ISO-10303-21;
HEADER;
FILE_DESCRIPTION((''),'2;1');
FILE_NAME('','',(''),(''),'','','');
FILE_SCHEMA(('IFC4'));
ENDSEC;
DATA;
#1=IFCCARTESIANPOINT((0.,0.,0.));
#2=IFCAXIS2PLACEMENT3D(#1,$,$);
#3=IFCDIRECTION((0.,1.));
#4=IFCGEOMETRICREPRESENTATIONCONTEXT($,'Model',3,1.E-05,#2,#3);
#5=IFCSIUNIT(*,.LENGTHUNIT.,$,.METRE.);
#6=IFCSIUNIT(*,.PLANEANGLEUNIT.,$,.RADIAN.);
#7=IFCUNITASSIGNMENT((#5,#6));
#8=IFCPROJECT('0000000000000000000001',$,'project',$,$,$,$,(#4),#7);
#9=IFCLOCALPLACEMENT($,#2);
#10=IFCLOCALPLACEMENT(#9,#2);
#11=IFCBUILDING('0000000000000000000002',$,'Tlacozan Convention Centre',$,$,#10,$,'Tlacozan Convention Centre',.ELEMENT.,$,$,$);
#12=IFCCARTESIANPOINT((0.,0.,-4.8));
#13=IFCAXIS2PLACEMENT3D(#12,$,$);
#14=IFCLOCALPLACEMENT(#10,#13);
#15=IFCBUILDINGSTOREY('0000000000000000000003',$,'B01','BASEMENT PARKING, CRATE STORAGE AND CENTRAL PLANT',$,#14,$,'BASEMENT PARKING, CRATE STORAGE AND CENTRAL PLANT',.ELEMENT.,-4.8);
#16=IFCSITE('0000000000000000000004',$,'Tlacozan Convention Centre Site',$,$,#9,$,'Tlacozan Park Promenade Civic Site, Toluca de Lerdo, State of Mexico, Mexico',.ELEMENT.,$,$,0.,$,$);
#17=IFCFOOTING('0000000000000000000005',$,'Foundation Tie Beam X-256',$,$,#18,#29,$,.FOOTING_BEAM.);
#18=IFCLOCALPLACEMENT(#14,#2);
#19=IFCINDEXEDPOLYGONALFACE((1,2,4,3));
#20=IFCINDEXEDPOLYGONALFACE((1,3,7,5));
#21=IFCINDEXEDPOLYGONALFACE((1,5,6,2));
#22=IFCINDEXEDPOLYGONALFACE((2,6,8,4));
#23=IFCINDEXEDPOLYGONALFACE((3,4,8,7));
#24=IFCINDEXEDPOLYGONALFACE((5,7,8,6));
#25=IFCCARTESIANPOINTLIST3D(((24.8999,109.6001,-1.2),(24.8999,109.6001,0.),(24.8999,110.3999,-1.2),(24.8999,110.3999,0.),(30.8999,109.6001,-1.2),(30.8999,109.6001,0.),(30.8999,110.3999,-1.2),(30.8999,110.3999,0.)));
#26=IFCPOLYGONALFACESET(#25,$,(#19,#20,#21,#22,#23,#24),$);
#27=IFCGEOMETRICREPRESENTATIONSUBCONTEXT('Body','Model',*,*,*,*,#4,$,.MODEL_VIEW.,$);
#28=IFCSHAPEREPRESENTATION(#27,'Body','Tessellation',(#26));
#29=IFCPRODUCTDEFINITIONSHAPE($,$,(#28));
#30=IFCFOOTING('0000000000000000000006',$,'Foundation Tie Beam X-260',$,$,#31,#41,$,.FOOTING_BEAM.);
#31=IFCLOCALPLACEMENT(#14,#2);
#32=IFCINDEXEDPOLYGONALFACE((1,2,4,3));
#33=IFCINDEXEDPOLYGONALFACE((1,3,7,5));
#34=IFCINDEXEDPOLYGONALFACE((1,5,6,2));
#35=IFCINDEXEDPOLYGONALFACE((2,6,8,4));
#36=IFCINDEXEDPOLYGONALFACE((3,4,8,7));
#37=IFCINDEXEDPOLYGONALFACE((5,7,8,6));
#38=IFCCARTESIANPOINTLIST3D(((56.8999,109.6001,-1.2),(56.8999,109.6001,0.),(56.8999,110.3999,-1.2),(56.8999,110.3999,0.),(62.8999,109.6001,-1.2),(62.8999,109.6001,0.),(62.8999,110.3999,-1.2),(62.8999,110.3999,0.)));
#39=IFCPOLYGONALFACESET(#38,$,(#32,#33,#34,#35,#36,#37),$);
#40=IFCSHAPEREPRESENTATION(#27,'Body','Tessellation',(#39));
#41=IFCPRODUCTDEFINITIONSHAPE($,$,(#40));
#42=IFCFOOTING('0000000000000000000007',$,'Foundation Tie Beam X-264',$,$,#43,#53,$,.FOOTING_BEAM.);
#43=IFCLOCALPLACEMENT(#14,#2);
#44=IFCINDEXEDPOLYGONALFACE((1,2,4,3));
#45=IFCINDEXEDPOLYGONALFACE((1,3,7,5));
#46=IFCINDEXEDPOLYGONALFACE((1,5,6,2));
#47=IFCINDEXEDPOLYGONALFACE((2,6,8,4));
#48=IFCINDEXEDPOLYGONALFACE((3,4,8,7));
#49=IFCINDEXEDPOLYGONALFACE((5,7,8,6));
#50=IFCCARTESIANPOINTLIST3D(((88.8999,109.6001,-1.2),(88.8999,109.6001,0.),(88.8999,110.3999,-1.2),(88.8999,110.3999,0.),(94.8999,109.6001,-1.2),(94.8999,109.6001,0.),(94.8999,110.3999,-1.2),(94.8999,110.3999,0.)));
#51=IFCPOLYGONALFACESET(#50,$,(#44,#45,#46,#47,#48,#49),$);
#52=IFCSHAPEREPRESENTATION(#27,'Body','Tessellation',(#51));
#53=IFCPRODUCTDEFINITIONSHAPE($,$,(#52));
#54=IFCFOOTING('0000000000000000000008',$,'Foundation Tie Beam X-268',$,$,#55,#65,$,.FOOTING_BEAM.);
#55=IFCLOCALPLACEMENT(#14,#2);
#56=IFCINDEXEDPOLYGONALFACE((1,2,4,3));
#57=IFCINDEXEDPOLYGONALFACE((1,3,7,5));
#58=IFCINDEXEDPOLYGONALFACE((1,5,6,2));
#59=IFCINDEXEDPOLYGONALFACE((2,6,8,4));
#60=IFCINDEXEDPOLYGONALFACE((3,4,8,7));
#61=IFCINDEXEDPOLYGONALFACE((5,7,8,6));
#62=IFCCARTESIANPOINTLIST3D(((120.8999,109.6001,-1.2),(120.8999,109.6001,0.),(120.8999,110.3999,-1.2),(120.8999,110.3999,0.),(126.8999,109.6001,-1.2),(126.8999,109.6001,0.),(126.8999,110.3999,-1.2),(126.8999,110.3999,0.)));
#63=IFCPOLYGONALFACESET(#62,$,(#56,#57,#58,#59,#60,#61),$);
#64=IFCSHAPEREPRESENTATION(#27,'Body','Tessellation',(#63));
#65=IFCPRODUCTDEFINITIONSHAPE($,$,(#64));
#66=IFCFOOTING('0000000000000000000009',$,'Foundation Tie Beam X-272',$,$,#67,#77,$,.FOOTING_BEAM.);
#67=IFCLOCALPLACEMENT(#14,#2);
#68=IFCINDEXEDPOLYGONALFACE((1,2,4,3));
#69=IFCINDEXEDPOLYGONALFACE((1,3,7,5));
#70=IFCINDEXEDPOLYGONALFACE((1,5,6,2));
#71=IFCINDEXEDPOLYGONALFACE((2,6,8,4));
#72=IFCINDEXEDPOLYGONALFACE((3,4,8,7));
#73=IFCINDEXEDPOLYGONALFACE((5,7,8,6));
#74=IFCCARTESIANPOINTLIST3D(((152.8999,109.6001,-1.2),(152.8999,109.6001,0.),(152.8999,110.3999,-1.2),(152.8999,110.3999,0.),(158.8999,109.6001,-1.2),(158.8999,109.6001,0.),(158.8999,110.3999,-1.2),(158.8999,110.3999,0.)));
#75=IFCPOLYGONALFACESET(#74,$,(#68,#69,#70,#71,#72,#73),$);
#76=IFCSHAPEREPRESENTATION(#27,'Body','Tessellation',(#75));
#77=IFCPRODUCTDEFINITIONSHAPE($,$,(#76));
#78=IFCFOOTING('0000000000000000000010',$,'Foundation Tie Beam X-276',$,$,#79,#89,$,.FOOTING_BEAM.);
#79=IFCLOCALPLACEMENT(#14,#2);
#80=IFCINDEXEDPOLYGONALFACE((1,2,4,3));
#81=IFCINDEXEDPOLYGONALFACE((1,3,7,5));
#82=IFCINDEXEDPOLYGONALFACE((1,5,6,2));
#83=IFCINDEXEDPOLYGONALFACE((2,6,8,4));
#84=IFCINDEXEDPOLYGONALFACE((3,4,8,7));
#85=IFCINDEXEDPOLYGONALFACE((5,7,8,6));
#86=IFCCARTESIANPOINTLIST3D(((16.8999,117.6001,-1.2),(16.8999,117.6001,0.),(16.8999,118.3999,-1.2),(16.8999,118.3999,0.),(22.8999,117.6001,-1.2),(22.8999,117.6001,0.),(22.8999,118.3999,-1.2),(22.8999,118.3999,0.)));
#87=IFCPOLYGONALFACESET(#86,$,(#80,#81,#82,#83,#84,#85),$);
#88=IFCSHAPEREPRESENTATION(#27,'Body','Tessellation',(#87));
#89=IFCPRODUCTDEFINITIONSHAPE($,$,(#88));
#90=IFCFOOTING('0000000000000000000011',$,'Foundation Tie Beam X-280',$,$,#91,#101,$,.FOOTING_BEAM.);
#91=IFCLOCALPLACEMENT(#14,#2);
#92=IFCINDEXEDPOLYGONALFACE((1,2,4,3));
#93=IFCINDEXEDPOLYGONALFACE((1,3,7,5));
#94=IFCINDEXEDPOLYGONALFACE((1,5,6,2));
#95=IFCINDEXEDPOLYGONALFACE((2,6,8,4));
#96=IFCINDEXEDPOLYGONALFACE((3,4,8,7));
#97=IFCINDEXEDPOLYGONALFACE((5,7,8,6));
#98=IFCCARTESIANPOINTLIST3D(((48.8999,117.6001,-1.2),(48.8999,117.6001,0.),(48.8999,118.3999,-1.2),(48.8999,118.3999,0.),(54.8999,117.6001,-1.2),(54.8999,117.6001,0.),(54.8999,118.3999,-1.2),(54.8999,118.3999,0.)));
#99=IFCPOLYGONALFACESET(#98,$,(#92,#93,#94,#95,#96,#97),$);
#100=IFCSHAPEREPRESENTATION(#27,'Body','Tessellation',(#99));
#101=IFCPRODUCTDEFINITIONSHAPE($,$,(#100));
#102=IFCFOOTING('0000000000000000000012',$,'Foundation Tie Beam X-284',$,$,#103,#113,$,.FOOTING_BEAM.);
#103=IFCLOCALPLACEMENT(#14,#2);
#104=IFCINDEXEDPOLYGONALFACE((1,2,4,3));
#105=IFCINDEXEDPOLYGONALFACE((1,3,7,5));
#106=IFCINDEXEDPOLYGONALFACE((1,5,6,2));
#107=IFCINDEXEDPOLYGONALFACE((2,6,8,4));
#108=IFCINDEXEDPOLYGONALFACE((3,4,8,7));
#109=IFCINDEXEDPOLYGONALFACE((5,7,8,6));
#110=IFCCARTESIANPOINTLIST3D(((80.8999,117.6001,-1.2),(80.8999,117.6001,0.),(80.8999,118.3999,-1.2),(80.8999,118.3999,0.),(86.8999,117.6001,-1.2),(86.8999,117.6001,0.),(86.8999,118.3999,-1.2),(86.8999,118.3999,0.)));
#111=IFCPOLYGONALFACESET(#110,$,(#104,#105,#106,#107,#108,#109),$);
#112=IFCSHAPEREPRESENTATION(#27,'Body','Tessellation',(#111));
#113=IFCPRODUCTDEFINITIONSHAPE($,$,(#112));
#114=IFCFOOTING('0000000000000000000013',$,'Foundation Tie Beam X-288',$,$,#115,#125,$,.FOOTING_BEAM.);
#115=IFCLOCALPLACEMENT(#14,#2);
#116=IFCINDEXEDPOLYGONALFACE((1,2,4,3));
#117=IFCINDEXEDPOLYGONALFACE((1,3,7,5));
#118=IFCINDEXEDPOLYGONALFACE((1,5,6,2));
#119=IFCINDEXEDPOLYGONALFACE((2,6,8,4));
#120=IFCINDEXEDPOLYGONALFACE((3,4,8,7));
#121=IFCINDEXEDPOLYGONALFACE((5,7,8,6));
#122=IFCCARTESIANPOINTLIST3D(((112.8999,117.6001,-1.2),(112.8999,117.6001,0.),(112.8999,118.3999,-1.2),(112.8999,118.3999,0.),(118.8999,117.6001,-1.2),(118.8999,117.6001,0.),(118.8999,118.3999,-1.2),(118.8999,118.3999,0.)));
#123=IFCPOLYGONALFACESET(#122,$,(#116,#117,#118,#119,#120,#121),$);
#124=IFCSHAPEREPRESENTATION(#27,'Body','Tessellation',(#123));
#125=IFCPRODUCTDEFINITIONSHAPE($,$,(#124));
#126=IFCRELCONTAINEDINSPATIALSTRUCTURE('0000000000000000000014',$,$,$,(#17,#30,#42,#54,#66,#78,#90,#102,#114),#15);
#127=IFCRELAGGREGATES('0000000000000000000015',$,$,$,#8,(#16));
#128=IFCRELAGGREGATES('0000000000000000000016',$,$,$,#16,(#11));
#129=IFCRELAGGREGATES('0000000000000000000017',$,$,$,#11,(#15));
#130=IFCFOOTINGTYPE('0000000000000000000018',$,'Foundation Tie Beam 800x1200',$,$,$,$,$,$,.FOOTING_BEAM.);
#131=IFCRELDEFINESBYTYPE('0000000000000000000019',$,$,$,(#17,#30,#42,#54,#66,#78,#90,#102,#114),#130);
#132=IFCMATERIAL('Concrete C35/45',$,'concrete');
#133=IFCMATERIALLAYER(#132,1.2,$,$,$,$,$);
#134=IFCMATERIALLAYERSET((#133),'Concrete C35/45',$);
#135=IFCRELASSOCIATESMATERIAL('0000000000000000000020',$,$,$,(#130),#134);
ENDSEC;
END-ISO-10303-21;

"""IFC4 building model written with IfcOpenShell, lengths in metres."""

from ifc_helpers import new_model, si_unit, direction, frame, origin, place, context, subcontext, project, spatial, polyline, outline, extrude, material, layer, layer_set, type_object, element, save


model = new_model("IFC4")

# Units and contexts
model_context = context("Model", 3, precision=1e-05, world=origin(), true_north=direction((0.0, 1.0)))
body_context = subcontext(model_context, "Body", "Model", "MODEL_VIEW")
ifc_project = project(units=[si_unit("LENGTHUNIT", "METRE"), si_unit("PLANEANGLEUNIT", "RADIAN")], contexts=[model_context])

# Site, building, storey
site_placement = place(None, origin())
site = spatial("IfcSite", under=ifc_project, at=site_placement, Name="Tlacozan Convention Centre Site", LongName="Tlacozan Park Promenade Civic Site, Toluca de Lerdo, State of Mexico, Mexico", CompositionType="ELEMENT", RefElevation=0.0)
building_placement = place(site_placement, origin())
building = spatial("IfcBuilding", under=site, at=building_placement, Name="Tlacozan Convention Centre", LongName="Tlacozan Convention Centre", CompositionType="ELEMENT")
storey_placement = place(building_placement, frame((0.0, 0.0, -4.8)))
storey = spatial("IfcBuildingStorey", under=building, at=storey_placement, Name="B01", Description="BASEMENT PARKING, CRATE STORAGE AND CENTRAL PLANT", LongName="BASEMENT PARKING, CRATE STORAGE AND CENTRAL PLANT", CompositionType="ELEMENT", Elevation=-4.8)

# Footings
ifc_material = material(Name="Concrete C35/45", Category="concrete")
ifc_layer = layer(ifc_material, 1.2)
ifc_layer_set = layer_set([ifc_layer], Name="Concrete C35/45")
footing_type = type_object("IfcFootingType", Name="Foundation Tie Beam 800x1200", PredefinedType="FOOTING_BEAM", material=ifc_layer_set)
footing_1_placement = place(storey_placement, frame((0.0, 0.0, -1.2)))
element("IfcFooting", 1, at=footing_1_placement, inside=storey, type_object=footing_type, Name="Foundation Tie Beam X-256", PredefinedType="FOOTING_BEAM", context=body_context, shape_type="SweptSolid", body=[
    extrude(outline(polyline([(24.8999, 109.6001), (30.8999, 109.6001), (30.8999, 110.3999), (24.8999, 110.3999), (24.8999, 109.6001)])), origin(), (0.0, 0.0, 1.0), 1.2),
])
footing_2_placement = place(storey_placement, frame((0.0, 0.0, -1.2)))
element("IfcFooting", 2, at=footing_2_placement, inside=storey, type_object=footing_type, Name="Foundation Tie Beam X-260", PredefinedType="FOOTING_BEAM", context=body_context, shape_type="SweptSolid", body=[
    extrude(outline(polyline([(56.8999, 109.6001), (62.8999, 109.6001), (62.8999, 110.3999), (56.8999, 110.3999), (56.8999, 109.6001)])), origin(), (0.0, 0.0, 1.0), 1.2),
])
footing_3_placement = place(storey_placement, frame((0.0, 0.0, -1.2)))
element("IfcFooting", 3, at=footing_3_placement, inside=storey, type_object=footing_type, Name="Foundation Tie Beam X-264", PredefinedType="FOOTING_BEAM", context=body_context, shape_type="SweptSolid", body=[
    extrude(outline(polyline([(88.8999, 109.6001), (94.8999, 109.6001), (94.8999, 110.3999), (88.8999, 110.3999), (88.8999, 109.6001)])), origin(), (0.0, 0.0, 1.0), 1.2),
])
footing_4_placement = place(storey_placement, frame((0.0, 0.0, -1.2)))
element("IfcFooting", 4, at=footing_4_placement, inside=storey, type_object=footing_type, Name="Foundation Tie Beam X-268", PredefinedType="FOOTING_BEAM", context=body_context, shape_type="SweptSolid", body=[
    extrude(outline(polyline([(120.8999, 109.6001), (126.8999, 109.6001), (126.8999, 110.3999), (120.8999, 110.3999), (120.8999, 109.6001)])), origin(), (0.0, 0.0, 1.0), 1.2),
])
footing_5_placement = place(storey_placement, frame((0.0, 0.0, -1.2)))
element("IfcFooting", 5, at=footing_5_placement, inside=storey, type_object=footing_type, Name="Foundation Tie Beam X-272", PredefinedType="FOOTING_BEAM", context=body_context, shape_type="SweptSolid", body=[
    extrude(outline(polyline([(152.8999, 109.6001), (158.8999, 109.6001), (158.8999, 110.3999), (152.8999, 110.3999), (152.8999, 109.6001)])), origin(), (0.0, 0.0, 1.0), 1.2),
])
footing_6_placement = place(storey_placement, frame((0.0, 0.0, -1.2)))
element("IfcFooting", 6, at=footing_6_placement, inside=storey, type_object=footing_type, Name="Foundation Tie Beam X-276", PredefinedType="FOOTING_BEAM", context=body_context, shape_type="SweptSolid", body=[
    extrude(outline(polyline([(16.8999, 117.6001), (22.8999, 117.6001), (22.8999, 118.3999), (16.8999, 118.3999), (16.8999, 117.6001)])), origin(), (0.0, 0.0, 1.0), 1.2),
])
footing_7_placement = place(storey_placement, frame((0.0, 0.0, -1.2)))
element("IfcFooting", 7, at=footing_7_placement, inside=storey, type_object=footing_type, Name="Foundation Tie Beam X-280", PredefinedType="FOOTING_BEAM", context=body_context, shape_type="SweptSolid", body=[
    extrude(outline(polyline([(48.8999, 117.6001), (54.8999, 117.6001), (54.8999, 118.3999), (48.8999, 118.3999), (48.8999, 117.6001)])), origin(), (0.0, 0.0, 1.0), 1.2),
])
footing_8_placement = place(storey_placement, frame((0.0, 0.0, -1.2)))
element("IfcFooting", 8, at=footing_8_placement, inside=storey, type_object=footing_type, Name="Foundation Tie Beam X-284", PredefinedType="FOOTING_BEAM", context=body_context, shape_type="SweptSolid", body=[
    extrude(outline(polyline([(80.8999, 117.6001), (86.8999, 117.6001), (86.8999, 118.3999), (80.8999, 118.3999), (80.8999, 117.6001)])), origin(), (0.0, 0.0, 1.0), 1.2),
])
footing_9_placement = place(storey_placement, frame((0.0, 0.0, -1.2)))
element("IfcFooting", 9, at=footing_9_placement, inside=storey, type_object=footing_type, Name="Foundation Tie Beam X-288", PredefinedType="FOOTING_BEAM", context=body_context, shape_type="SweptSolid", body=[
    extrude(outline(polyline([(112.8999, 117.6001), (118.8999, 117.6001), (118.8999, 118.3999), (112.8999, 118.3999), (112.8999, 117.6001)])), origin(), (0.0, 0.0, 1.0), 1.2),
])

save(model, "model.ifc")
